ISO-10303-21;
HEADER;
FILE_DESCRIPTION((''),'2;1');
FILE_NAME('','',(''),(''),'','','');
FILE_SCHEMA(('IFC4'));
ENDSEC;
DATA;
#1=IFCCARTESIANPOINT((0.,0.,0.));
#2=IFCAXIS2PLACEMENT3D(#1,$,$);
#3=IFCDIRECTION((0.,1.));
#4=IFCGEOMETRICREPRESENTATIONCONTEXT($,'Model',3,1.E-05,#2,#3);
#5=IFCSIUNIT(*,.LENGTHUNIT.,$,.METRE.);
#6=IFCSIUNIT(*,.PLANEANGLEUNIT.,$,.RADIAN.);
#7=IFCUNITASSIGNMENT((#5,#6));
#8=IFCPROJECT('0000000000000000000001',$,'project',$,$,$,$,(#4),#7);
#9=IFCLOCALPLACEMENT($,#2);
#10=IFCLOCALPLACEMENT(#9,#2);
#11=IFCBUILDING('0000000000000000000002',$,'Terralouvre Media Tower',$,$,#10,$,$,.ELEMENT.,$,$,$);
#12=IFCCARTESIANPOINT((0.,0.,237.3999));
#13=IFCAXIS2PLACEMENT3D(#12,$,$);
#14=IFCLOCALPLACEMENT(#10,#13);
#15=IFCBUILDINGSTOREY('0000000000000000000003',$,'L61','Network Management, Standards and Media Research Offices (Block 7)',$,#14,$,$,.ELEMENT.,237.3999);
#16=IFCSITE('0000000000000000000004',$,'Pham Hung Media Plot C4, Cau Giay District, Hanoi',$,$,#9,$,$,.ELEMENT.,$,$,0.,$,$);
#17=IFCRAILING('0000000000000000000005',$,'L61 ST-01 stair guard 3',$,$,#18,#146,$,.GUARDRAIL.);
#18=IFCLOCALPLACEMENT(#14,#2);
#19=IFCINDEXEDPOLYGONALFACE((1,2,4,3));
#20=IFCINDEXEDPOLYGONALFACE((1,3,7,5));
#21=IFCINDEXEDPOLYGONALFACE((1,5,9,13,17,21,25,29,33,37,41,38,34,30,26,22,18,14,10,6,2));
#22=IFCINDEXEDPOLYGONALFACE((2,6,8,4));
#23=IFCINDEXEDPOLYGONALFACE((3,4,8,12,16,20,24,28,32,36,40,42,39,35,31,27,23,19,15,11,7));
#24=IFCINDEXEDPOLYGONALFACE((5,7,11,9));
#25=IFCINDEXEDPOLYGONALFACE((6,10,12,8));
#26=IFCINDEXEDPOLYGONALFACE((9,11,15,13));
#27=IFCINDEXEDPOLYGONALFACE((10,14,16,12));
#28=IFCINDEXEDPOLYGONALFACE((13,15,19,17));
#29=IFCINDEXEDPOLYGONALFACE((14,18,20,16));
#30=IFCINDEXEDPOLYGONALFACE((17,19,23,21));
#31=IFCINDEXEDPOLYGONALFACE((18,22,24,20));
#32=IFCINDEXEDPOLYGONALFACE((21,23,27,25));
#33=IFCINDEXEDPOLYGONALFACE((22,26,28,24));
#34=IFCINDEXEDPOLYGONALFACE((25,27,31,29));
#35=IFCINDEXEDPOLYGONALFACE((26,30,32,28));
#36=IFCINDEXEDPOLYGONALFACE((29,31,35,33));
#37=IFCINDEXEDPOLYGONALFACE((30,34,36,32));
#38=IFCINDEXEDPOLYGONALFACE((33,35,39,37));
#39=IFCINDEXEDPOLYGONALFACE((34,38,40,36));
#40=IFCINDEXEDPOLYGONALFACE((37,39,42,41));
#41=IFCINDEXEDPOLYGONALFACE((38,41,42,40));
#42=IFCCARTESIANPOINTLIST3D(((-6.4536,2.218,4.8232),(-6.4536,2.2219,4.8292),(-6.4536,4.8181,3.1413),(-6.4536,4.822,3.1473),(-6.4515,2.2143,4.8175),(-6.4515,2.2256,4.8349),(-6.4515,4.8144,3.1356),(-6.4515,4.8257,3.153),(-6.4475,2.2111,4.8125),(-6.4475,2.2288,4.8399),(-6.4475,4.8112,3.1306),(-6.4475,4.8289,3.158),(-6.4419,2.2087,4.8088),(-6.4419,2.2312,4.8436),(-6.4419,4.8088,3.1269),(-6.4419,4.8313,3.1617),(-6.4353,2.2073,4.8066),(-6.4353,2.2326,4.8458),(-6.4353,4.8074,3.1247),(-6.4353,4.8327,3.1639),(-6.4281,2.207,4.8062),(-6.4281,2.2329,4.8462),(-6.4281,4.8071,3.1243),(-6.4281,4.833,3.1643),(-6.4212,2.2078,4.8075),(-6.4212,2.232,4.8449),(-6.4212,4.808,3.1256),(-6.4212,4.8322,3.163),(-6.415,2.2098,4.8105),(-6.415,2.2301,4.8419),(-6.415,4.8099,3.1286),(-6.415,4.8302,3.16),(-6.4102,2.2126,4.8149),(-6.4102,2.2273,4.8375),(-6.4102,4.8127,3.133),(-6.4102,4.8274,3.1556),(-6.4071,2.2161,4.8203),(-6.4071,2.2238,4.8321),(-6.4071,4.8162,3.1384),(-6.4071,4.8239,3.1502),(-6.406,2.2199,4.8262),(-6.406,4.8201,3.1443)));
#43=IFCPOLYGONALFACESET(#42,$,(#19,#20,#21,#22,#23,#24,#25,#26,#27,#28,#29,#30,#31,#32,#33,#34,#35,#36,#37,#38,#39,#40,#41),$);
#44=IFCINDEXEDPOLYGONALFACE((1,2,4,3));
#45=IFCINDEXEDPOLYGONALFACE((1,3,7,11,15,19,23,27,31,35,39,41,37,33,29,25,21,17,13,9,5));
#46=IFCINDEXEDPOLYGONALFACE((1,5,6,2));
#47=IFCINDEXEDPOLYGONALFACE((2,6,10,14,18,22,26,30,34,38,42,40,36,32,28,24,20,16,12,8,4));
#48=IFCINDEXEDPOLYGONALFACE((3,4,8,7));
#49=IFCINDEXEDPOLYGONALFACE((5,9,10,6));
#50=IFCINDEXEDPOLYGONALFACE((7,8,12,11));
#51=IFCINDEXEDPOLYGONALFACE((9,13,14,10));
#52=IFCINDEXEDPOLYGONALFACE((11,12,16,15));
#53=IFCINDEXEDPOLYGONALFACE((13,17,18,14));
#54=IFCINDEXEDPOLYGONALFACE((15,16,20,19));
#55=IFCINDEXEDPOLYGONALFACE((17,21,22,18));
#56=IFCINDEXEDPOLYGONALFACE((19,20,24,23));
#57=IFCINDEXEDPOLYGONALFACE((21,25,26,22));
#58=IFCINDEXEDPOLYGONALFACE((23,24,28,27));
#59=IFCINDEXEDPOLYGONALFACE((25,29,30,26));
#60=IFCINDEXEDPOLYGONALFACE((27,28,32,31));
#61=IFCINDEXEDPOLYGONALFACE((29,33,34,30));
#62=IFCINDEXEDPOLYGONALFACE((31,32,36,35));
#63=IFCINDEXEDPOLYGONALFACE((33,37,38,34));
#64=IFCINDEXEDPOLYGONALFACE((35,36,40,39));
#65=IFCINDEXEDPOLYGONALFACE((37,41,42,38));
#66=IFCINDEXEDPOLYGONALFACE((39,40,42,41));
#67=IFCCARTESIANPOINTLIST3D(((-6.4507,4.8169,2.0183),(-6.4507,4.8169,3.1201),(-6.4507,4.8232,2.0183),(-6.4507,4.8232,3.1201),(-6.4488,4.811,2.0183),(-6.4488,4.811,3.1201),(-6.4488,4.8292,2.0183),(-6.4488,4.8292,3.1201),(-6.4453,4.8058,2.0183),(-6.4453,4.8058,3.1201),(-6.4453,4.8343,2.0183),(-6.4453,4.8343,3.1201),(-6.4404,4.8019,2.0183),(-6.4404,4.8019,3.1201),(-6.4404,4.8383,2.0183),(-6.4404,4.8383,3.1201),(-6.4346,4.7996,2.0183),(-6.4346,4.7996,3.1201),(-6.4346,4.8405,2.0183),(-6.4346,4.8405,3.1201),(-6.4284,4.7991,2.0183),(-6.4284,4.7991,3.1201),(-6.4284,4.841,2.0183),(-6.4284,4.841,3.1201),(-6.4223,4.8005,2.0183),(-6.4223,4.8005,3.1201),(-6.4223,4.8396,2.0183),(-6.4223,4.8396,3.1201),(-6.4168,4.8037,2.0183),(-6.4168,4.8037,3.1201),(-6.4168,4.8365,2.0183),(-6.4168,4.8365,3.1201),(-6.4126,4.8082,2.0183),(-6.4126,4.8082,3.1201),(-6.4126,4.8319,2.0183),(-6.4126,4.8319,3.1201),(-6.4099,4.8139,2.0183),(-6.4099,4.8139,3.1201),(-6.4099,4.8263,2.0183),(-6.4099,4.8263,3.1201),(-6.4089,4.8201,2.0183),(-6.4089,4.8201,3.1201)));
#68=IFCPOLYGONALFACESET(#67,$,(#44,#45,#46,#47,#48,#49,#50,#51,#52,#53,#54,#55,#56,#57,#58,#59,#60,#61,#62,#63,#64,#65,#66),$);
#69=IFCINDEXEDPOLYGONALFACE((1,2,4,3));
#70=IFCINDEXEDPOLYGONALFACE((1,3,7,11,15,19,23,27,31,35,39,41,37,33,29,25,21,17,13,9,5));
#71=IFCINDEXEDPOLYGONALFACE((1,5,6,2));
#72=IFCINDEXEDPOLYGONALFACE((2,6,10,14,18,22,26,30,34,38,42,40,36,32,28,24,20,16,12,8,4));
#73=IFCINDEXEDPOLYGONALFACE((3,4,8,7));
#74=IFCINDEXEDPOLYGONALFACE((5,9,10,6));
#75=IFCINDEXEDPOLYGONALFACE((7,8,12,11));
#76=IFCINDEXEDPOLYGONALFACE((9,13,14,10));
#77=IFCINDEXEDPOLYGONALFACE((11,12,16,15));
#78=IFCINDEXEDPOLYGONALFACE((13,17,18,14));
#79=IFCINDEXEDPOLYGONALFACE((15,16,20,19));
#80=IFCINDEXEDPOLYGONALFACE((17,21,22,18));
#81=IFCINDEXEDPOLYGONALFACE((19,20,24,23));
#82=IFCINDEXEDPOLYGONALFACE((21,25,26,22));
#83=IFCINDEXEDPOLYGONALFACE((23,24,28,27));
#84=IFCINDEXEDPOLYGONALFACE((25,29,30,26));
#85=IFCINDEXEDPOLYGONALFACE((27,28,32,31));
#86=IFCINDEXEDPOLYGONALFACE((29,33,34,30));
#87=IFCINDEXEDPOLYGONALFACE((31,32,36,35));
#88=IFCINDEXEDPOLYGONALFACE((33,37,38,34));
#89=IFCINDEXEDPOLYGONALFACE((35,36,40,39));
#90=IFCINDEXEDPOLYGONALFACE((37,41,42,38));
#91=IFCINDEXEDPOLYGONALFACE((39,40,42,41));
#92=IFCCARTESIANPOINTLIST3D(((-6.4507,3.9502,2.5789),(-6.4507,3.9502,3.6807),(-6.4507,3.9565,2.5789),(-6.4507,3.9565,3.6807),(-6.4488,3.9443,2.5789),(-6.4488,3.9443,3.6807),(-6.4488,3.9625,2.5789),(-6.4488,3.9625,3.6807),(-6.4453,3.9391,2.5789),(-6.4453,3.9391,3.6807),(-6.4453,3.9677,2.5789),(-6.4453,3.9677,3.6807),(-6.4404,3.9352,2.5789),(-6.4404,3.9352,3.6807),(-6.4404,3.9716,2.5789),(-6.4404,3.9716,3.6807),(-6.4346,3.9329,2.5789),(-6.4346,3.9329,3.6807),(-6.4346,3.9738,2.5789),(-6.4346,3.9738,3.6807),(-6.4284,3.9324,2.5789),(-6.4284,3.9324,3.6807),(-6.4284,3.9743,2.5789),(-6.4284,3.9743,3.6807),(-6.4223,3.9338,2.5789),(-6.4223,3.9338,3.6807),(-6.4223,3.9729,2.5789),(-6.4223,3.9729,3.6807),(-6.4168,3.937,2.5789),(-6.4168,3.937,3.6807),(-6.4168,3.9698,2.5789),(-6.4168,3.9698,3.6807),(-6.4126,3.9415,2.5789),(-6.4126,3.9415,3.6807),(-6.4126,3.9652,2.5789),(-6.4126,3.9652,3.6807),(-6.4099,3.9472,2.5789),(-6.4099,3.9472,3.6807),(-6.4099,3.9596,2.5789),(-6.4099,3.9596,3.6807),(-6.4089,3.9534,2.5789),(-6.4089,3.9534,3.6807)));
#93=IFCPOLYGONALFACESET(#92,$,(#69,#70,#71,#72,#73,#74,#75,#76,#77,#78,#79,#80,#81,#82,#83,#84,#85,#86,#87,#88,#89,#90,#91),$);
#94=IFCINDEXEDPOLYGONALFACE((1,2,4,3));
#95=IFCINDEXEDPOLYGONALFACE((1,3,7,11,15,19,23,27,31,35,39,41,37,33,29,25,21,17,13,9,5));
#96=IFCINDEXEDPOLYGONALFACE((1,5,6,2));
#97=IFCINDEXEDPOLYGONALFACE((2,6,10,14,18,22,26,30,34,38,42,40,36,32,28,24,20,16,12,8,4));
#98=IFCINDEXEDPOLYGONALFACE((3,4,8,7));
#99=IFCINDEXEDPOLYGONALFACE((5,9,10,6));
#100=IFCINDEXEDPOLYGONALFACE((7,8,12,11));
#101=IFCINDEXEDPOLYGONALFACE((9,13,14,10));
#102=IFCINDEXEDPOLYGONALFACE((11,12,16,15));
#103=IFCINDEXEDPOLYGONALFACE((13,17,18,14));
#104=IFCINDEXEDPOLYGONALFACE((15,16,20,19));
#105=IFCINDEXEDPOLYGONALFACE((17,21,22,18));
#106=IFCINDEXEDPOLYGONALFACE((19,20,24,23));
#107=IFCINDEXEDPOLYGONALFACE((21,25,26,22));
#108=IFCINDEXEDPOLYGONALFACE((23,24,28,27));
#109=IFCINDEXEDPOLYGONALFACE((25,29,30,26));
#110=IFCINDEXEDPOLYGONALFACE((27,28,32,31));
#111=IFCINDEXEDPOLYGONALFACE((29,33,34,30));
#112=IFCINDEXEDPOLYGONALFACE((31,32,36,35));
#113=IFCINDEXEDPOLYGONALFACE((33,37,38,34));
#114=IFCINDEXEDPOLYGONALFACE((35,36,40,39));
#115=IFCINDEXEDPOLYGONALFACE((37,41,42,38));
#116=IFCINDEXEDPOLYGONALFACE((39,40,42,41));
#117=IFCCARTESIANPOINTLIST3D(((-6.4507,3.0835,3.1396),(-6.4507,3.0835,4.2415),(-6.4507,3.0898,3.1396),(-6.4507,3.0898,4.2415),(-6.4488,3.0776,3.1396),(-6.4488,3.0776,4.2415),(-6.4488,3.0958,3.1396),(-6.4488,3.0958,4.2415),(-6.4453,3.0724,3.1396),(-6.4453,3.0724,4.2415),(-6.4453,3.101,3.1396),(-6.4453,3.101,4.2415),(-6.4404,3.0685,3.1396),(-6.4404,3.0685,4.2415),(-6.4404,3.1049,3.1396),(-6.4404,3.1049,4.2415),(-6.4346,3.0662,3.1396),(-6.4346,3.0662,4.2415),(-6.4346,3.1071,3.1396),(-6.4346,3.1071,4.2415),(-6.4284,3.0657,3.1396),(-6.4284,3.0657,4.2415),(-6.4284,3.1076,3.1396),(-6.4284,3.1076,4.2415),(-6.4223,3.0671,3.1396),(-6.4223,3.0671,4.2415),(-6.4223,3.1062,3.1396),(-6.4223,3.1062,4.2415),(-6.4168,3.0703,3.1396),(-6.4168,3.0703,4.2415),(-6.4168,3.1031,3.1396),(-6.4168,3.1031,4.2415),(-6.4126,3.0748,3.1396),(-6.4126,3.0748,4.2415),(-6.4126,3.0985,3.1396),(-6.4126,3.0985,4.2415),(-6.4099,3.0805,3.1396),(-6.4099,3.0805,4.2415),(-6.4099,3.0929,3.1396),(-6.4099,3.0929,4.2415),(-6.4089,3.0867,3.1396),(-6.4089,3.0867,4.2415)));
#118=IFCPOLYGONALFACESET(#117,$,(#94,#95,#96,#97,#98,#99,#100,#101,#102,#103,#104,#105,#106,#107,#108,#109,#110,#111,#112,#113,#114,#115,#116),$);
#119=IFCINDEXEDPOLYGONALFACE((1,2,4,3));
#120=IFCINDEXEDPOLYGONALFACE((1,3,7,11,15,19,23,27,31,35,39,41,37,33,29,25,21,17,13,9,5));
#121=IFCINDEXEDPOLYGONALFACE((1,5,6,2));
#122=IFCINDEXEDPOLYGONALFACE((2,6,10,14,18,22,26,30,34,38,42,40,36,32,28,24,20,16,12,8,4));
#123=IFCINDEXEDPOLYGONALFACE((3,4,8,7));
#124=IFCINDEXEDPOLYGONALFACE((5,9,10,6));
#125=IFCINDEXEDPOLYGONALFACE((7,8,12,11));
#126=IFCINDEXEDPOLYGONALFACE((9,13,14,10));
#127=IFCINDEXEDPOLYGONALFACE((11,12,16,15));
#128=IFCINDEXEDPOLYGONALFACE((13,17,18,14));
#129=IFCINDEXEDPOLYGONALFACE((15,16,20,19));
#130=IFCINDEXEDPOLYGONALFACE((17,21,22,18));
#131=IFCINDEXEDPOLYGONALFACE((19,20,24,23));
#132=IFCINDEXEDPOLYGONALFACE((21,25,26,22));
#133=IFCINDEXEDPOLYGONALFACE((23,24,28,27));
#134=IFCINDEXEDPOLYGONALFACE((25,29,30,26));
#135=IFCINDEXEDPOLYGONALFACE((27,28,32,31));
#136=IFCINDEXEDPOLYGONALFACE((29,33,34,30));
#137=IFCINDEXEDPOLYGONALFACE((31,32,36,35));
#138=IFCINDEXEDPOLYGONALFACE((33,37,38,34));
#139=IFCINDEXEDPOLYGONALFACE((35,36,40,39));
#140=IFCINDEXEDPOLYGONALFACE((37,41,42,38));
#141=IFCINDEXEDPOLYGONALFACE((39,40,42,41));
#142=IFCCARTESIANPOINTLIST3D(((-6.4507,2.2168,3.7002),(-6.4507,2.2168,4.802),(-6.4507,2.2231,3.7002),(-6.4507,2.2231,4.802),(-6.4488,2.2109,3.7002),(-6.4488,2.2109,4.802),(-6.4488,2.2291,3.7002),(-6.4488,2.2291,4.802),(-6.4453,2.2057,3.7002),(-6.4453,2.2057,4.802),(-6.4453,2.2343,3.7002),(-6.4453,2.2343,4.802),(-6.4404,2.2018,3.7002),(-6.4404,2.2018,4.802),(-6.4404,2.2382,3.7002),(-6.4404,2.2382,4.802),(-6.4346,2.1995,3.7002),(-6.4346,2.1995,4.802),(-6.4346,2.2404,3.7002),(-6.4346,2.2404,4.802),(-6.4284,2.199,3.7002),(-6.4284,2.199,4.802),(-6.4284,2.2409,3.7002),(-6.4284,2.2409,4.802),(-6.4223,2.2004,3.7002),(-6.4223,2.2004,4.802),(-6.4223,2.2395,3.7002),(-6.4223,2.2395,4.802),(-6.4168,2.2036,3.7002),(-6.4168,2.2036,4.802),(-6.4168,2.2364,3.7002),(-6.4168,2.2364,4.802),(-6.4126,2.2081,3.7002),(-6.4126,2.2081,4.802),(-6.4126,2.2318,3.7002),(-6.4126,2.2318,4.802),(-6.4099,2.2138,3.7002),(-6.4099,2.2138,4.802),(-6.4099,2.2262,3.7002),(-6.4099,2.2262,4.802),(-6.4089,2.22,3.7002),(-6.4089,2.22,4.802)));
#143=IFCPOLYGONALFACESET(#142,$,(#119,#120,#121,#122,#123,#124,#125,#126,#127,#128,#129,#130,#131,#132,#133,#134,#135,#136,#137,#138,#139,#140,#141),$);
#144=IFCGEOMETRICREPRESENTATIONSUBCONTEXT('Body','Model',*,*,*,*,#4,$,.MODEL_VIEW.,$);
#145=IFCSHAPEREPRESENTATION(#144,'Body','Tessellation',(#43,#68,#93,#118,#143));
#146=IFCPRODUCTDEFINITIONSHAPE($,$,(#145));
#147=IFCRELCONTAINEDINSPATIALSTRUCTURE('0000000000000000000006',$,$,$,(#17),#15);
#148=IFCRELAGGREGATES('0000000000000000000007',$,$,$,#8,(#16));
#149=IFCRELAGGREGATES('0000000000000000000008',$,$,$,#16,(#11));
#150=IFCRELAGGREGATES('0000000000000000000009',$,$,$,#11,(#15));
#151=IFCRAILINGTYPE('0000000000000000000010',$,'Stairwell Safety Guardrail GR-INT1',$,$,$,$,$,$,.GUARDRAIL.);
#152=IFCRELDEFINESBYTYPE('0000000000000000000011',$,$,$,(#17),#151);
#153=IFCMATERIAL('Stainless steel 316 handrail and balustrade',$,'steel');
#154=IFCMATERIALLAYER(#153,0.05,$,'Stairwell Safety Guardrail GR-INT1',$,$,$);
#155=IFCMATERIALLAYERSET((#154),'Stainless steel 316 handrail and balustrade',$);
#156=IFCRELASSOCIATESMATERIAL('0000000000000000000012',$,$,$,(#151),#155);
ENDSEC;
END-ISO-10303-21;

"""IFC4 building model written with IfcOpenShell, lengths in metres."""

from ifc_helpers import new_model, si_unit, direction, frame, origin, origin_2d, place, context, subcontext, project, spatial, circle, extrude, material, layer, layer_set, type_object, element, save


model = new_model("IFC4")

# Units and contexts
model_context = context("Model", 3, precision=1e-05, world=origin(), true_north=direction((0.0, 1.0)))
body_context = subcontext(model_context, "Body", "Model", "MODEL_VIEW")
ifc_project = project(units=[si_unit("LENGTHUNIT", "METRE"), si_unit("PLANEANGLEUNIT", "RADIAN")], contexts=[model_context])

# Site, building, storey
site_placement = place(None, origin())
site = spatial("IfcSite", under=ifc_project, at=site_placement, Name="Pham Hung Media Plot C4, Cau Giay District, Hanoi", CompositionType="ELEMENT", RefElevation=0.0)
building_placement = place(site_placement, origin())
building = spatial("IfcBuilding", under=site, at=building_placement, Name="Terralouvre Media Tower", CompositionType="ELEMENT")
storey_placement = place(building_placement, frame((0.0, 0.0, 237.3999)))
storey = spatial("IfcBuildingStorey", under=building, at=storey_placement, Name="L61", Description="Network Management, Standards and Media Research Offices (Block 7)", CompositionType="ELEMENT", Elevation=237.3999)

# Railing
ifc_material_1 = material(Name="Stainless steel 316 handrail and balustrade", Category="steel")
ifc_layer_1 = layer(ifc_material_1, 0.05, Name="Stairwell Safety Guardrail GR-INT1")
ifc_layer_set_1 = layer_set([ifc_layer_1], Name="Stainless steel 316 handrail and balustrade")
railing_type_1 = type_object("IfcRailingType", Name="Stairwell Safety Guardrail GR-INT1", PredefinedType="GUARDRAIL", material=ifc_layer_set_1)
railing_1_placement = place(storey_placement, frame((-6.4299, 4.8201, 2.0183)))
element("IfcRailing", 1, at=railing_1_placement, inside=storey, type_object=railing_type_1, Name="L61 ST-01 stair guard 3", PredefinedType="GUARDRAIL", context=body_context, shape_type="SweptSolid", body=[
    extrude(circle(Radius=0.0239, at=origin_2d()), frame((0.0, 0.0, 1.126), z_axis=(0.0, -0.839648, 0.54313), x_axis=(1.0, 0.0, 0.0)), (0.0, 0.0, 1.0), 3.0967),
    extrude(circle(Radius=0.021, at=origin_2d()), origin(), (0.0, 0.0, 1.0), 1.1018),
    extrude(circle(Radius=0.021, at=origin_2d()), frame((0.0, -0.8667, 0.5605)), (0.0, 0.0, 1.0), 1.1018),
    extrude(circle(Radius=0.021, at=origin_2d()), frame((0.0, -1.7334, 1.1213)), (0.0, 0.0, 1.0), 1.1018),
    extrude(circle(Radius=0.021, at=origin_2d()), frame((0.0, -2.6001, 1.6819)), (0.0, 0.0, 1.0), 1.1018),
])

save(model, "model.ifc")
